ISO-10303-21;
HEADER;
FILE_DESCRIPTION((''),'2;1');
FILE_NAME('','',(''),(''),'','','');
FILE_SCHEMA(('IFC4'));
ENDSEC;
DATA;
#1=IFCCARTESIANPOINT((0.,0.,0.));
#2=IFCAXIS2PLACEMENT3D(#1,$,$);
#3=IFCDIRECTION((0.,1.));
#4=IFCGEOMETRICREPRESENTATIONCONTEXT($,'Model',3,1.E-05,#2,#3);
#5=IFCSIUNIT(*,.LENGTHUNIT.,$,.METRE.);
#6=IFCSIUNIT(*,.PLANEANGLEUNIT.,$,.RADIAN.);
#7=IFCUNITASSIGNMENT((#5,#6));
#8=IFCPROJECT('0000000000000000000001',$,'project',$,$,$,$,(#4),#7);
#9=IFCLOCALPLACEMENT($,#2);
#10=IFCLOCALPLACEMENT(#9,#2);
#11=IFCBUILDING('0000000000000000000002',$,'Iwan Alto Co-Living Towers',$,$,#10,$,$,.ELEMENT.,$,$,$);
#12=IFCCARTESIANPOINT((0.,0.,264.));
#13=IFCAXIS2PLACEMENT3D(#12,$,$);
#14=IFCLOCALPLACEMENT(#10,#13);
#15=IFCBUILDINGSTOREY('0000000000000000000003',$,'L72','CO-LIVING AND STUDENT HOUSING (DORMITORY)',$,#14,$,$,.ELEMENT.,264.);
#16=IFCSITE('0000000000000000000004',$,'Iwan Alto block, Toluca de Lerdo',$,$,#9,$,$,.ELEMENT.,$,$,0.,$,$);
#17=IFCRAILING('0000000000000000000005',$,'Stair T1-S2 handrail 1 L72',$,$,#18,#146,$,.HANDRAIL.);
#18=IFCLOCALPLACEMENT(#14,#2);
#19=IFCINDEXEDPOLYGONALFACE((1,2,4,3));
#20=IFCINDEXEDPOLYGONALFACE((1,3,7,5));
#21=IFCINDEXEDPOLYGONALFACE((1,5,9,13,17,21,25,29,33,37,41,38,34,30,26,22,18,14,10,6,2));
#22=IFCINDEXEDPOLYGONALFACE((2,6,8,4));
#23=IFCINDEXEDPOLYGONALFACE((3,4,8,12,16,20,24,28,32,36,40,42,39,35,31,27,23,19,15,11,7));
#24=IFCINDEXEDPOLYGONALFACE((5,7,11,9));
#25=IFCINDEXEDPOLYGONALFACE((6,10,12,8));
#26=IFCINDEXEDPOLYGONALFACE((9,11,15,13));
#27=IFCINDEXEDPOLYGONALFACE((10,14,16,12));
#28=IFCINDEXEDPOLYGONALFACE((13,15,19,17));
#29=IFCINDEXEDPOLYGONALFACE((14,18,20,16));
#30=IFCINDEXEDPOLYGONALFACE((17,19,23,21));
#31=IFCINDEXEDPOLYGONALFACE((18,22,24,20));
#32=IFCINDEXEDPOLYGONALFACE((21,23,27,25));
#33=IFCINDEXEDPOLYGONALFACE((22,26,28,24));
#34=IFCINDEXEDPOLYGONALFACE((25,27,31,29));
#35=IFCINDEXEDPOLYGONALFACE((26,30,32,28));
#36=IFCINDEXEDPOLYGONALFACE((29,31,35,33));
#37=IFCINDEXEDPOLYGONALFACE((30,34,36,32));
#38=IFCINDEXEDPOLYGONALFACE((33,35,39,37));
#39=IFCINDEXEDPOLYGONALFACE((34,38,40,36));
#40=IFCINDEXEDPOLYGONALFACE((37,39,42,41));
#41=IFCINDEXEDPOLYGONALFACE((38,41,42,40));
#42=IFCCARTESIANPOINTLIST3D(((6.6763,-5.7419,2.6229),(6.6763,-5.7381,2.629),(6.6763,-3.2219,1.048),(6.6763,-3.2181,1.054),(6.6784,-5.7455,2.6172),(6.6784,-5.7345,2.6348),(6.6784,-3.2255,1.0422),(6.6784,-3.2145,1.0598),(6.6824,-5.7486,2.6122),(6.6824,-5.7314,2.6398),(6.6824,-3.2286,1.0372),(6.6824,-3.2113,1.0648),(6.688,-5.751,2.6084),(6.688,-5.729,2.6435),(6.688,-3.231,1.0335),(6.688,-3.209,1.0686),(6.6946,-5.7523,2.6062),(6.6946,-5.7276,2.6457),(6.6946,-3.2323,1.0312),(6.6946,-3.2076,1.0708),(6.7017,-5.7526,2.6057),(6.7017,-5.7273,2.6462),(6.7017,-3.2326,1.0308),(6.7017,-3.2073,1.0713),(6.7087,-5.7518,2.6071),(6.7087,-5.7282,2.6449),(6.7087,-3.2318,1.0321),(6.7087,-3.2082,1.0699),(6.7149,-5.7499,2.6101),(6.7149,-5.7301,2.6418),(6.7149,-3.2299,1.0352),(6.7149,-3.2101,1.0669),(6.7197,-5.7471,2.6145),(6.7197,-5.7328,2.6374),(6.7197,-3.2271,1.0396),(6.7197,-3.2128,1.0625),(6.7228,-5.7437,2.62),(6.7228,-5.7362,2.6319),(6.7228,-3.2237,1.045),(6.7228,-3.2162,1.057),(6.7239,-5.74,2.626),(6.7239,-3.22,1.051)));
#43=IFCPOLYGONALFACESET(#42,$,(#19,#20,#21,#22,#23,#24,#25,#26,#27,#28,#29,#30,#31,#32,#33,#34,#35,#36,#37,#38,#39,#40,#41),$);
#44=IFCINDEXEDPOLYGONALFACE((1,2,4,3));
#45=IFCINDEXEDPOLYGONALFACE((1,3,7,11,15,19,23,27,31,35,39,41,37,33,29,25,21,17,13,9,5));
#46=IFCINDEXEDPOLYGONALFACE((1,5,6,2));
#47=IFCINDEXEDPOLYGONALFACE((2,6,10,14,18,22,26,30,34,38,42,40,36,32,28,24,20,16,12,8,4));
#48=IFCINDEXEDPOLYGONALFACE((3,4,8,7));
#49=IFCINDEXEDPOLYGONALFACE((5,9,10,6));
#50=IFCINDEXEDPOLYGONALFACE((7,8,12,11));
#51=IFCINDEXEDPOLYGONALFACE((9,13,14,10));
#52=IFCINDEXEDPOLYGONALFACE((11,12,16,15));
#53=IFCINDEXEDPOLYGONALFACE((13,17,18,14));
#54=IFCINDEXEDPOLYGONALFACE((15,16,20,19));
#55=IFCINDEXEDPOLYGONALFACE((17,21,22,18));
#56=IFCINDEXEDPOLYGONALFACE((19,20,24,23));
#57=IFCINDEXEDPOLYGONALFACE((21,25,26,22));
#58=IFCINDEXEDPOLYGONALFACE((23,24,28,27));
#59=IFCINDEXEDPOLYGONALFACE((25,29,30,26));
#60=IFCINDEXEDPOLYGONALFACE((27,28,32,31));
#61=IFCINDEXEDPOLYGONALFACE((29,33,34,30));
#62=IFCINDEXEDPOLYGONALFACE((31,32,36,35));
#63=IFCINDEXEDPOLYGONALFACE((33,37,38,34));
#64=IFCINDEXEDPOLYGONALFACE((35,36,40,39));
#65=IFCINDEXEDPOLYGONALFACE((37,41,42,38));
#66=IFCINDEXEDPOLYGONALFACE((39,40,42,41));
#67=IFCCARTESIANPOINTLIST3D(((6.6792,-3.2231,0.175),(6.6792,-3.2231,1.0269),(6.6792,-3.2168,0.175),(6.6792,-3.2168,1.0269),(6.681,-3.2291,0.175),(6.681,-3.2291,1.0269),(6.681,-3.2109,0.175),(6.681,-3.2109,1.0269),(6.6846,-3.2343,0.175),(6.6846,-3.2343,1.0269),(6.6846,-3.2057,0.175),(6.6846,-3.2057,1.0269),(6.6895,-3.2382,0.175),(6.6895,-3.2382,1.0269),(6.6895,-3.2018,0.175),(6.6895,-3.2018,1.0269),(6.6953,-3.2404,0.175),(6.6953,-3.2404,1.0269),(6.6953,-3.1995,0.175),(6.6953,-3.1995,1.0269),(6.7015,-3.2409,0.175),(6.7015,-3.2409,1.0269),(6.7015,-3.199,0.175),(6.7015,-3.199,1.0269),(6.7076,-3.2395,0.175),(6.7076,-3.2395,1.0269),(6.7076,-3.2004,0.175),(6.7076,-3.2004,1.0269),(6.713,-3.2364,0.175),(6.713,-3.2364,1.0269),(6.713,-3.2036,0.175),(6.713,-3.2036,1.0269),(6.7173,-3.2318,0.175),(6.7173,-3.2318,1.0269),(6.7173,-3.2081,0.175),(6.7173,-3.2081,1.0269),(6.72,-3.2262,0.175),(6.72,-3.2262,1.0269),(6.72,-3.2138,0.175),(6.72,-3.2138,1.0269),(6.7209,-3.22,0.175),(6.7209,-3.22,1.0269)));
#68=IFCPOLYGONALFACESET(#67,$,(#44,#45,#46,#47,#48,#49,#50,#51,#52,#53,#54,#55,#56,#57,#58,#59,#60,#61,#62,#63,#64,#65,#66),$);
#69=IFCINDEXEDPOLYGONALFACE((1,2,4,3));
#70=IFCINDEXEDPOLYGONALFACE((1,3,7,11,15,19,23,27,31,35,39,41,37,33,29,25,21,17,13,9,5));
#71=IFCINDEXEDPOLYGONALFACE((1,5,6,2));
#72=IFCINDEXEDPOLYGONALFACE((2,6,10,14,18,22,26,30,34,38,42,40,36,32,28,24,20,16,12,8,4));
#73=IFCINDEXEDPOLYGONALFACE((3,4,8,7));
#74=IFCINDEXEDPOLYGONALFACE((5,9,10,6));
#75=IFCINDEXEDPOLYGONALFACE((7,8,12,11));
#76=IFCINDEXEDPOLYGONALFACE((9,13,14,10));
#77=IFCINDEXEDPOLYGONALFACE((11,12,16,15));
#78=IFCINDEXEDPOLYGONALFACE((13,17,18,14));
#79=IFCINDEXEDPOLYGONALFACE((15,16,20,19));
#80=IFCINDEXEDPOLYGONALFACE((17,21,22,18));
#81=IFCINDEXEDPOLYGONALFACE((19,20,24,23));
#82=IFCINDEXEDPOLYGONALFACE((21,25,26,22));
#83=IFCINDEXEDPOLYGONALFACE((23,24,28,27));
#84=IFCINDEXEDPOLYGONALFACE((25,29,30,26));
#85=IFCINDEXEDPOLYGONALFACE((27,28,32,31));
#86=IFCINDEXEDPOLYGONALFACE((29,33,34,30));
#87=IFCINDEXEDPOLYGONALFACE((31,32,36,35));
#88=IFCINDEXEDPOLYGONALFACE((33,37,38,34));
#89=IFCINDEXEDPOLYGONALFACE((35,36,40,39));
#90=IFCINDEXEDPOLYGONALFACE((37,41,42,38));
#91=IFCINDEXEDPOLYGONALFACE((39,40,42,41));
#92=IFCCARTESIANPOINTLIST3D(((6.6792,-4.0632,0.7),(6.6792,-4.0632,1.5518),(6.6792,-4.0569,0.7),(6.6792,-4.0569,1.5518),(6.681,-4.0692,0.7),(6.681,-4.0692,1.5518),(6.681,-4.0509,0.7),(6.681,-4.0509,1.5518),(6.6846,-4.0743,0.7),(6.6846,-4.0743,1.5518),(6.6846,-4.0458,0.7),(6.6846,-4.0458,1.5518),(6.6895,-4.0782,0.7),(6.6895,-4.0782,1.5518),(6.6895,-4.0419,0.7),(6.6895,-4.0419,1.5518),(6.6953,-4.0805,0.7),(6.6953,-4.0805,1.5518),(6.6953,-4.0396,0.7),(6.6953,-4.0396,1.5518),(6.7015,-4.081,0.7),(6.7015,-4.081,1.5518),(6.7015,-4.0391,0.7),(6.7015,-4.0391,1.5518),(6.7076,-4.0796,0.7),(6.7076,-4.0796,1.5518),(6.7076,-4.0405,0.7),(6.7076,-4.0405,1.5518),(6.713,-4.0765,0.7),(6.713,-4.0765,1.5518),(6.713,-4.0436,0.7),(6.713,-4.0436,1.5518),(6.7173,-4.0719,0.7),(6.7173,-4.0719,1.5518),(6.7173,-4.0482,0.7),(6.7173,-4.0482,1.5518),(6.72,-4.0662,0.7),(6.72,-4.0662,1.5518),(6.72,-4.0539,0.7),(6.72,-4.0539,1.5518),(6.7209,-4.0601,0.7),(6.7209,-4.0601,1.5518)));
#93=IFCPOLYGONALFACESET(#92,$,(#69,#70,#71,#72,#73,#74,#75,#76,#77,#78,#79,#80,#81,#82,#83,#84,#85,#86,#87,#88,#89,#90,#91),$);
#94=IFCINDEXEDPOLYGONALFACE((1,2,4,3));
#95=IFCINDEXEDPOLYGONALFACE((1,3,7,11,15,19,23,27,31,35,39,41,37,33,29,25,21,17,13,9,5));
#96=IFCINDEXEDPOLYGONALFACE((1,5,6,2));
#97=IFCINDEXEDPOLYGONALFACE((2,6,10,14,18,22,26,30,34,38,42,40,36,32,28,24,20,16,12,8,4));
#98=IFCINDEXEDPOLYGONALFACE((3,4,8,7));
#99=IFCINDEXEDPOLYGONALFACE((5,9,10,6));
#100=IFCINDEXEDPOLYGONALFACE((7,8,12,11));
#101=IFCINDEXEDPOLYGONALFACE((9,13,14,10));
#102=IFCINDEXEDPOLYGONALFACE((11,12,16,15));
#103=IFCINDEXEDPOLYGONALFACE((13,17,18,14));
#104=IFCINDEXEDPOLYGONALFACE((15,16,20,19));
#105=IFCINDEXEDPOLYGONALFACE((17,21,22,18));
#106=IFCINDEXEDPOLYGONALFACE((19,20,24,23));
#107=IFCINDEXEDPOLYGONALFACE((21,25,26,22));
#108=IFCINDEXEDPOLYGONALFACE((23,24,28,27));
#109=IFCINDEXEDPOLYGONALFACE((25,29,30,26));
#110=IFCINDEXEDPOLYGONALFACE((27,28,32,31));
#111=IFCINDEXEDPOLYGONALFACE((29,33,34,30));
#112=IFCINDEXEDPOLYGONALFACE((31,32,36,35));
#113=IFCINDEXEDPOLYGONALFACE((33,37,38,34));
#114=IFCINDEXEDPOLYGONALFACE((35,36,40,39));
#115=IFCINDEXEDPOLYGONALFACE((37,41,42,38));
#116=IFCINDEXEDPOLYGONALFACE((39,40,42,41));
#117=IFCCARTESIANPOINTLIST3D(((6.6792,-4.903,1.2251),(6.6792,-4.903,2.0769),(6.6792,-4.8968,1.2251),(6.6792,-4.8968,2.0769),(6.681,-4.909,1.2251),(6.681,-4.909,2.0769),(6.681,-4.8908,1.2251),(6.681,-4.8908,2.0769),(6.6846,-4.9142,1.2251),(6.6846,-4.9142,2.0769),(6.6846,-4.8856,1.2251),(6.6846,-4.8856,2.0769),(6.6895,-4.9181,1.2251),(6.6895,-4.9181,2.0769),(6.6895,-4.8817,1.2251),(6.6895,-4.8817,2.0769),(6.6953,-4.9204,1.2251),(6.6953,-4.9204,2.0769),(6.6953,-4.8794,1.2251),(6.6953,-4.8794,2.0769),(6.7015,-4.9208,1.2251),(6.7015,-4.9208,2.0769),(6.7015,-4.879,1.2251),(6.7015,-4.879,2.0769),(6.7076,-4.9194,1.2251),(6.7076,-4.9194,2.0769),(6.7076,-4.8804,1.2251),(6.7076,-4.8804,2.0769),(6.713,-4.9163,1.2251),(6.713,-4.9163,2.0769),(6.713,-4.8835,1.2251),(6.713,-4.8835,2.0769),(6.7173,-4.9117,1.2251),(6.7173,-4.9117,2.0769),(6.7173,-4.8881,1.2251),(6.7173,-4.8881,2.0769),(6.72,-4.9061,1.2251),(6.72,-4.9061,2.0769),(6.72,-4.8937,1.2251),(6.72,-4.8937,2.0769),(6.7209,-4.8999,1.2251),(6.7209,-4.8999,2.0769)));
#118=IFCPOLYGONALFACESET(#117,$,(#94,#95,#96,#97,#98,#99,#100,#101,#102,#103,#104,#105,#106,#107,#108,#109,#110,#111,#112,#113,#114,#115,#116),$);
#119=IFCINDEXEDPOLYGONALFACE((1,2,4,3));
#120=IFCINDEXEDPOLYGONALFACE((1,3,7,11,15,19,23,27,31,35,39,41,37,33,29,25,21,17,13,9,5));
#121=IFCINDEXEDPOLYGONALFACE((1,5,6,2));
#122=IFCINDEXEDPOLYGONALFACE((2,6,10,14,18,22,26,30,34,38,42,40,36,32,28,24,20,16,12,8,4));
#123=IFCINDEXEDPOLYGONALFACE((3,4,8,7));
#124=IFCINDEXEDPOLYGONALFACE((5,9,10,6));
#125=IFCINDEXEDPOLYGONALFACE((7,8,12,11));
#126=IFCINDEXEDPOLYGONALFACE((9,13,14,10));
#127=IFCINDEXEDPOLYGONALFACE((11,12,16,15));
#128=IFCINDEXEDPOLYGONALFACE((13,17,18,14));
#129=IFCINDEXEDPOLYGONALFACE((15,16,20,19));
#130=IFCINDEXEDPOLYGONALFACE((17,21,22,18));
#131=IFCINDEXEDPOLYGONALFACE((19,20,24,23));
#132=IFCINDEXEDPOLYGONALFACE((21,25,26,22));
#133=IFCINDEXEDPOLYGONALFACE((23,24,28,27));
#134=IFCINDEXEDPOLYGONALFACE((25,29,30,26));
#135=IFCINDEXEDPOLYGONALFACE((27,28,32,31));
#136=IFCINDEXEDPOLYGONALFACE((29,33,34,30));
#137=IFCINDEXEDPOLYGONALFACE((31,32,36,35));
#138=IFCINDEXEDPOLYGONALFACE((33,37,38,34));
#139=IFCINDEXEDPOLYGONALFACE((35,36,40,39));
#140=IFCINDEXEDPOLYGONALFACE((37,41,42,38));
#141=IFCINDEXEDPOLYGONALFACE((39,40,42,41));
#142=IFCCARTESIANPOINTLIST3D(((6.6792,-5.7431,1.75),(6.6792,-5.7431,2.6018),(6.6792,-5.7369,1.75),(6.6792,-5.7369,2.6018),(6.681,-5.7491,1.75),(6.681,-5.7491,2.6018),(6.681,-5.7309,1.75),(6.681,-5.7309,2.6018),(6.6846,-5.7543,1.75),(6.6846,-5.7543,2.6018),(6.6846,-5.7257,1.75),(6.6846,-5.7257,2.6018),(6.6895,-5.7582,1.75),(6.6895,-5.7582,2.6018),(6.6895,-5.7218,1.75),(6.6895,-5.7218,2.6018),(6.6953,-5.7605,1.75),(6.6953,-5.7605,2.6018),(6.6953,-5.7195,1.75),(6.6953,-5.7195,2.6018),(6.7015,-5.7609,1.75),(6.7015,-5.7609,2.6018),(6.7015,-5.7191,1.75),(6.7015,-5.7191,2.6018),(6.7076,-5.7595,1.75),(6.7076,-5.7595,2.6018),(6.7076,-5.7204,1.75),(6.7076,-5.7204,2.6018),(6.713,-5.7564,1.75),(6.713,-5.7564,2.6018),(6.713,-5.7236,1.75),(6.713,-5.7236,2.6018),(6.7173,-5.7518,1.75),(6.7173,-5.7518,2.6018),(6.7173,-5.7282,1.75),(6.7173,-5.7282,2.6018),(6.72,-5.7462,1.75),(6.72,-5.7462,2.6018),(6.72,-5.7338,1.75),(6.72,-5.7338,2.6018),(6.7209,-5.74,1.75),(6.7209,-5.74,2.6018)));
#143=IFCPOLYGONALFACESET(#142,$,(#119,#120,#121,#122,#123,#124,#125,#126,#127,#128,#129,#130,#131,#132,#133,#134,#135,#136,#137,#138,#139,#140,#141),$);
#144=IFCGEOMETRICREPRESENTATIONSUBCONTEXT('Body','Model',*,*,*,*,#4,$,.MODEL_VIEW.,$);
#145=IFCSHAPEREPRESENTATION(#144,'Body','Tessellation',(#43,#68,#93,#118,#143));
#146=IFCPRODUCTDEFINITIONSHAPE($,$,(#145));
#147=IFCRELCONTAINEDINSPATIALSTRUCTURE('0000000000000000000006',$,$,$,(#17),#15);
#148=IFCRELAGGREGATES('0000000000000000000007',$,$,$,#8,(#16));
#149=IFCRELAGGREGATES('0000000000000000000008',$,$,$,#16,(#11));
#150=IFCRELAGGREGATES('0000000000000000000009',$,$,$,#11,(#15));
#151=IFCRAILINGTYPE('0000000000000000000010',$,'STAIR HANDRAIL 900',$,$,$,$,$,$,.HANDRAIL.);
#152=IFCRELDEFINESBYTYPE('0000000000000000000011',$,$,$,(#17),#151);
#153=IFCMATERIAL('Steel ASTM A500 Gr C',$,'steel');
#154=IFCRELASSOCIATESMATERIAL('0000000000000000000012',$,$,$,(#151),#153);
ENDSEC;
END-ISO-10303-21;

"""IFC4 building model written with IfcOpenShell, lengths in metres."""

from ifc_helpers import new_model, si_unit, direction, frame, origin, origin_2d, place, context, subcontext, project, spatial, circle, extrude, material, type_object, element, save


model = new_model("IFC4")

# Units and contexts
model_context = context("Model", 3, precision=1e-05, world=origin(), true_north=direction((0.0, 1.0)))
body_context = subcontext(model_context, "Body", "Model", "MODEL_VIEW")
ifc_project = project(units=[si_unit("LENGTHUNIT", "METRE"), si_unit("PLANEANGLEUNIT", "RADIAN")], contexts=[model_context])

# Site, building, storey
site_placement = place(None, origin())
site = spatial("IfcSite", under=ifc_project, at=site_placement, Name="Iwan Alto block, Toluca de Lerdo", CompositionType="ELEMENT", RefElevation=0.0)
building_placement = place(site_placement, origin())
building = spatial("IfcBuilding", under=site, at=building_placement, Name="Iwan Alto Co-Living Towers", CompositionType="ELEMENT")
storey_placement = place(building_placement, frame((0.0, 0.0, 264.0)))
storey = spatial("IfcBuildingStorey", under=building, at=storey_placement, Name="L72", Description="CO-LIVING AND STUDENT HOUSING (DORMITORY)", CompositionType="ELEMENT", Elevation=264.0)

# Railing
ifc_material_1 = material(Name="Steel ASTM A500 Gr C", Category="steel")
railing_type_1 = type_object("IfcRailingType", Name="STAIR HANDRAIL 900", PredefinedType="HANDRAIL", material=ifc_material_1)
railing_1_placement = place(storey_placement, frame((6.7, -3.22, 0.175)))
element("IfcRailing", 1, at=railing_1_placement, inside=storey, type_object=railing_type_1, Name="Stair T1-S2 handrail 1 L72", PredefinedType="HANDRAIL", context=body_context, shape_type="SweptSolid", body=[
    extrude(circle(Radius=0.0239, at=origin_2d()), frame((0.0, 0.0, 0.876), z_axis=(0.0, -0.848008, 0.529984), x_axis=(1.0, 0.0, 0.0)), (0.0, 0.0, 1.0), 2.9717),
    extrude(circle(Radius=0.021, at=origin_2d()), origin(), (0.0, 0.0, 1.0), 0.8518),
    extrude(circle(Radius=0.021, at=origin_2d()), frame((0.0, -0.8401, 0.5249)), (0.0, 0.0, 1.0), 0.8518),
    extrude(circle(Radius=0.021, at=origin_2d()), frame((0.0, -1.6799, 1.05)), (0.0, 0.0, 1.0), 0.8518),
    extrude(circle(Radius=0.021, at=origin_2d()), frame((0.0, -2.52, 1.575)), (0.0, 0.0, 1.0), 0.8518),
])

save(model, "model.ifc")
